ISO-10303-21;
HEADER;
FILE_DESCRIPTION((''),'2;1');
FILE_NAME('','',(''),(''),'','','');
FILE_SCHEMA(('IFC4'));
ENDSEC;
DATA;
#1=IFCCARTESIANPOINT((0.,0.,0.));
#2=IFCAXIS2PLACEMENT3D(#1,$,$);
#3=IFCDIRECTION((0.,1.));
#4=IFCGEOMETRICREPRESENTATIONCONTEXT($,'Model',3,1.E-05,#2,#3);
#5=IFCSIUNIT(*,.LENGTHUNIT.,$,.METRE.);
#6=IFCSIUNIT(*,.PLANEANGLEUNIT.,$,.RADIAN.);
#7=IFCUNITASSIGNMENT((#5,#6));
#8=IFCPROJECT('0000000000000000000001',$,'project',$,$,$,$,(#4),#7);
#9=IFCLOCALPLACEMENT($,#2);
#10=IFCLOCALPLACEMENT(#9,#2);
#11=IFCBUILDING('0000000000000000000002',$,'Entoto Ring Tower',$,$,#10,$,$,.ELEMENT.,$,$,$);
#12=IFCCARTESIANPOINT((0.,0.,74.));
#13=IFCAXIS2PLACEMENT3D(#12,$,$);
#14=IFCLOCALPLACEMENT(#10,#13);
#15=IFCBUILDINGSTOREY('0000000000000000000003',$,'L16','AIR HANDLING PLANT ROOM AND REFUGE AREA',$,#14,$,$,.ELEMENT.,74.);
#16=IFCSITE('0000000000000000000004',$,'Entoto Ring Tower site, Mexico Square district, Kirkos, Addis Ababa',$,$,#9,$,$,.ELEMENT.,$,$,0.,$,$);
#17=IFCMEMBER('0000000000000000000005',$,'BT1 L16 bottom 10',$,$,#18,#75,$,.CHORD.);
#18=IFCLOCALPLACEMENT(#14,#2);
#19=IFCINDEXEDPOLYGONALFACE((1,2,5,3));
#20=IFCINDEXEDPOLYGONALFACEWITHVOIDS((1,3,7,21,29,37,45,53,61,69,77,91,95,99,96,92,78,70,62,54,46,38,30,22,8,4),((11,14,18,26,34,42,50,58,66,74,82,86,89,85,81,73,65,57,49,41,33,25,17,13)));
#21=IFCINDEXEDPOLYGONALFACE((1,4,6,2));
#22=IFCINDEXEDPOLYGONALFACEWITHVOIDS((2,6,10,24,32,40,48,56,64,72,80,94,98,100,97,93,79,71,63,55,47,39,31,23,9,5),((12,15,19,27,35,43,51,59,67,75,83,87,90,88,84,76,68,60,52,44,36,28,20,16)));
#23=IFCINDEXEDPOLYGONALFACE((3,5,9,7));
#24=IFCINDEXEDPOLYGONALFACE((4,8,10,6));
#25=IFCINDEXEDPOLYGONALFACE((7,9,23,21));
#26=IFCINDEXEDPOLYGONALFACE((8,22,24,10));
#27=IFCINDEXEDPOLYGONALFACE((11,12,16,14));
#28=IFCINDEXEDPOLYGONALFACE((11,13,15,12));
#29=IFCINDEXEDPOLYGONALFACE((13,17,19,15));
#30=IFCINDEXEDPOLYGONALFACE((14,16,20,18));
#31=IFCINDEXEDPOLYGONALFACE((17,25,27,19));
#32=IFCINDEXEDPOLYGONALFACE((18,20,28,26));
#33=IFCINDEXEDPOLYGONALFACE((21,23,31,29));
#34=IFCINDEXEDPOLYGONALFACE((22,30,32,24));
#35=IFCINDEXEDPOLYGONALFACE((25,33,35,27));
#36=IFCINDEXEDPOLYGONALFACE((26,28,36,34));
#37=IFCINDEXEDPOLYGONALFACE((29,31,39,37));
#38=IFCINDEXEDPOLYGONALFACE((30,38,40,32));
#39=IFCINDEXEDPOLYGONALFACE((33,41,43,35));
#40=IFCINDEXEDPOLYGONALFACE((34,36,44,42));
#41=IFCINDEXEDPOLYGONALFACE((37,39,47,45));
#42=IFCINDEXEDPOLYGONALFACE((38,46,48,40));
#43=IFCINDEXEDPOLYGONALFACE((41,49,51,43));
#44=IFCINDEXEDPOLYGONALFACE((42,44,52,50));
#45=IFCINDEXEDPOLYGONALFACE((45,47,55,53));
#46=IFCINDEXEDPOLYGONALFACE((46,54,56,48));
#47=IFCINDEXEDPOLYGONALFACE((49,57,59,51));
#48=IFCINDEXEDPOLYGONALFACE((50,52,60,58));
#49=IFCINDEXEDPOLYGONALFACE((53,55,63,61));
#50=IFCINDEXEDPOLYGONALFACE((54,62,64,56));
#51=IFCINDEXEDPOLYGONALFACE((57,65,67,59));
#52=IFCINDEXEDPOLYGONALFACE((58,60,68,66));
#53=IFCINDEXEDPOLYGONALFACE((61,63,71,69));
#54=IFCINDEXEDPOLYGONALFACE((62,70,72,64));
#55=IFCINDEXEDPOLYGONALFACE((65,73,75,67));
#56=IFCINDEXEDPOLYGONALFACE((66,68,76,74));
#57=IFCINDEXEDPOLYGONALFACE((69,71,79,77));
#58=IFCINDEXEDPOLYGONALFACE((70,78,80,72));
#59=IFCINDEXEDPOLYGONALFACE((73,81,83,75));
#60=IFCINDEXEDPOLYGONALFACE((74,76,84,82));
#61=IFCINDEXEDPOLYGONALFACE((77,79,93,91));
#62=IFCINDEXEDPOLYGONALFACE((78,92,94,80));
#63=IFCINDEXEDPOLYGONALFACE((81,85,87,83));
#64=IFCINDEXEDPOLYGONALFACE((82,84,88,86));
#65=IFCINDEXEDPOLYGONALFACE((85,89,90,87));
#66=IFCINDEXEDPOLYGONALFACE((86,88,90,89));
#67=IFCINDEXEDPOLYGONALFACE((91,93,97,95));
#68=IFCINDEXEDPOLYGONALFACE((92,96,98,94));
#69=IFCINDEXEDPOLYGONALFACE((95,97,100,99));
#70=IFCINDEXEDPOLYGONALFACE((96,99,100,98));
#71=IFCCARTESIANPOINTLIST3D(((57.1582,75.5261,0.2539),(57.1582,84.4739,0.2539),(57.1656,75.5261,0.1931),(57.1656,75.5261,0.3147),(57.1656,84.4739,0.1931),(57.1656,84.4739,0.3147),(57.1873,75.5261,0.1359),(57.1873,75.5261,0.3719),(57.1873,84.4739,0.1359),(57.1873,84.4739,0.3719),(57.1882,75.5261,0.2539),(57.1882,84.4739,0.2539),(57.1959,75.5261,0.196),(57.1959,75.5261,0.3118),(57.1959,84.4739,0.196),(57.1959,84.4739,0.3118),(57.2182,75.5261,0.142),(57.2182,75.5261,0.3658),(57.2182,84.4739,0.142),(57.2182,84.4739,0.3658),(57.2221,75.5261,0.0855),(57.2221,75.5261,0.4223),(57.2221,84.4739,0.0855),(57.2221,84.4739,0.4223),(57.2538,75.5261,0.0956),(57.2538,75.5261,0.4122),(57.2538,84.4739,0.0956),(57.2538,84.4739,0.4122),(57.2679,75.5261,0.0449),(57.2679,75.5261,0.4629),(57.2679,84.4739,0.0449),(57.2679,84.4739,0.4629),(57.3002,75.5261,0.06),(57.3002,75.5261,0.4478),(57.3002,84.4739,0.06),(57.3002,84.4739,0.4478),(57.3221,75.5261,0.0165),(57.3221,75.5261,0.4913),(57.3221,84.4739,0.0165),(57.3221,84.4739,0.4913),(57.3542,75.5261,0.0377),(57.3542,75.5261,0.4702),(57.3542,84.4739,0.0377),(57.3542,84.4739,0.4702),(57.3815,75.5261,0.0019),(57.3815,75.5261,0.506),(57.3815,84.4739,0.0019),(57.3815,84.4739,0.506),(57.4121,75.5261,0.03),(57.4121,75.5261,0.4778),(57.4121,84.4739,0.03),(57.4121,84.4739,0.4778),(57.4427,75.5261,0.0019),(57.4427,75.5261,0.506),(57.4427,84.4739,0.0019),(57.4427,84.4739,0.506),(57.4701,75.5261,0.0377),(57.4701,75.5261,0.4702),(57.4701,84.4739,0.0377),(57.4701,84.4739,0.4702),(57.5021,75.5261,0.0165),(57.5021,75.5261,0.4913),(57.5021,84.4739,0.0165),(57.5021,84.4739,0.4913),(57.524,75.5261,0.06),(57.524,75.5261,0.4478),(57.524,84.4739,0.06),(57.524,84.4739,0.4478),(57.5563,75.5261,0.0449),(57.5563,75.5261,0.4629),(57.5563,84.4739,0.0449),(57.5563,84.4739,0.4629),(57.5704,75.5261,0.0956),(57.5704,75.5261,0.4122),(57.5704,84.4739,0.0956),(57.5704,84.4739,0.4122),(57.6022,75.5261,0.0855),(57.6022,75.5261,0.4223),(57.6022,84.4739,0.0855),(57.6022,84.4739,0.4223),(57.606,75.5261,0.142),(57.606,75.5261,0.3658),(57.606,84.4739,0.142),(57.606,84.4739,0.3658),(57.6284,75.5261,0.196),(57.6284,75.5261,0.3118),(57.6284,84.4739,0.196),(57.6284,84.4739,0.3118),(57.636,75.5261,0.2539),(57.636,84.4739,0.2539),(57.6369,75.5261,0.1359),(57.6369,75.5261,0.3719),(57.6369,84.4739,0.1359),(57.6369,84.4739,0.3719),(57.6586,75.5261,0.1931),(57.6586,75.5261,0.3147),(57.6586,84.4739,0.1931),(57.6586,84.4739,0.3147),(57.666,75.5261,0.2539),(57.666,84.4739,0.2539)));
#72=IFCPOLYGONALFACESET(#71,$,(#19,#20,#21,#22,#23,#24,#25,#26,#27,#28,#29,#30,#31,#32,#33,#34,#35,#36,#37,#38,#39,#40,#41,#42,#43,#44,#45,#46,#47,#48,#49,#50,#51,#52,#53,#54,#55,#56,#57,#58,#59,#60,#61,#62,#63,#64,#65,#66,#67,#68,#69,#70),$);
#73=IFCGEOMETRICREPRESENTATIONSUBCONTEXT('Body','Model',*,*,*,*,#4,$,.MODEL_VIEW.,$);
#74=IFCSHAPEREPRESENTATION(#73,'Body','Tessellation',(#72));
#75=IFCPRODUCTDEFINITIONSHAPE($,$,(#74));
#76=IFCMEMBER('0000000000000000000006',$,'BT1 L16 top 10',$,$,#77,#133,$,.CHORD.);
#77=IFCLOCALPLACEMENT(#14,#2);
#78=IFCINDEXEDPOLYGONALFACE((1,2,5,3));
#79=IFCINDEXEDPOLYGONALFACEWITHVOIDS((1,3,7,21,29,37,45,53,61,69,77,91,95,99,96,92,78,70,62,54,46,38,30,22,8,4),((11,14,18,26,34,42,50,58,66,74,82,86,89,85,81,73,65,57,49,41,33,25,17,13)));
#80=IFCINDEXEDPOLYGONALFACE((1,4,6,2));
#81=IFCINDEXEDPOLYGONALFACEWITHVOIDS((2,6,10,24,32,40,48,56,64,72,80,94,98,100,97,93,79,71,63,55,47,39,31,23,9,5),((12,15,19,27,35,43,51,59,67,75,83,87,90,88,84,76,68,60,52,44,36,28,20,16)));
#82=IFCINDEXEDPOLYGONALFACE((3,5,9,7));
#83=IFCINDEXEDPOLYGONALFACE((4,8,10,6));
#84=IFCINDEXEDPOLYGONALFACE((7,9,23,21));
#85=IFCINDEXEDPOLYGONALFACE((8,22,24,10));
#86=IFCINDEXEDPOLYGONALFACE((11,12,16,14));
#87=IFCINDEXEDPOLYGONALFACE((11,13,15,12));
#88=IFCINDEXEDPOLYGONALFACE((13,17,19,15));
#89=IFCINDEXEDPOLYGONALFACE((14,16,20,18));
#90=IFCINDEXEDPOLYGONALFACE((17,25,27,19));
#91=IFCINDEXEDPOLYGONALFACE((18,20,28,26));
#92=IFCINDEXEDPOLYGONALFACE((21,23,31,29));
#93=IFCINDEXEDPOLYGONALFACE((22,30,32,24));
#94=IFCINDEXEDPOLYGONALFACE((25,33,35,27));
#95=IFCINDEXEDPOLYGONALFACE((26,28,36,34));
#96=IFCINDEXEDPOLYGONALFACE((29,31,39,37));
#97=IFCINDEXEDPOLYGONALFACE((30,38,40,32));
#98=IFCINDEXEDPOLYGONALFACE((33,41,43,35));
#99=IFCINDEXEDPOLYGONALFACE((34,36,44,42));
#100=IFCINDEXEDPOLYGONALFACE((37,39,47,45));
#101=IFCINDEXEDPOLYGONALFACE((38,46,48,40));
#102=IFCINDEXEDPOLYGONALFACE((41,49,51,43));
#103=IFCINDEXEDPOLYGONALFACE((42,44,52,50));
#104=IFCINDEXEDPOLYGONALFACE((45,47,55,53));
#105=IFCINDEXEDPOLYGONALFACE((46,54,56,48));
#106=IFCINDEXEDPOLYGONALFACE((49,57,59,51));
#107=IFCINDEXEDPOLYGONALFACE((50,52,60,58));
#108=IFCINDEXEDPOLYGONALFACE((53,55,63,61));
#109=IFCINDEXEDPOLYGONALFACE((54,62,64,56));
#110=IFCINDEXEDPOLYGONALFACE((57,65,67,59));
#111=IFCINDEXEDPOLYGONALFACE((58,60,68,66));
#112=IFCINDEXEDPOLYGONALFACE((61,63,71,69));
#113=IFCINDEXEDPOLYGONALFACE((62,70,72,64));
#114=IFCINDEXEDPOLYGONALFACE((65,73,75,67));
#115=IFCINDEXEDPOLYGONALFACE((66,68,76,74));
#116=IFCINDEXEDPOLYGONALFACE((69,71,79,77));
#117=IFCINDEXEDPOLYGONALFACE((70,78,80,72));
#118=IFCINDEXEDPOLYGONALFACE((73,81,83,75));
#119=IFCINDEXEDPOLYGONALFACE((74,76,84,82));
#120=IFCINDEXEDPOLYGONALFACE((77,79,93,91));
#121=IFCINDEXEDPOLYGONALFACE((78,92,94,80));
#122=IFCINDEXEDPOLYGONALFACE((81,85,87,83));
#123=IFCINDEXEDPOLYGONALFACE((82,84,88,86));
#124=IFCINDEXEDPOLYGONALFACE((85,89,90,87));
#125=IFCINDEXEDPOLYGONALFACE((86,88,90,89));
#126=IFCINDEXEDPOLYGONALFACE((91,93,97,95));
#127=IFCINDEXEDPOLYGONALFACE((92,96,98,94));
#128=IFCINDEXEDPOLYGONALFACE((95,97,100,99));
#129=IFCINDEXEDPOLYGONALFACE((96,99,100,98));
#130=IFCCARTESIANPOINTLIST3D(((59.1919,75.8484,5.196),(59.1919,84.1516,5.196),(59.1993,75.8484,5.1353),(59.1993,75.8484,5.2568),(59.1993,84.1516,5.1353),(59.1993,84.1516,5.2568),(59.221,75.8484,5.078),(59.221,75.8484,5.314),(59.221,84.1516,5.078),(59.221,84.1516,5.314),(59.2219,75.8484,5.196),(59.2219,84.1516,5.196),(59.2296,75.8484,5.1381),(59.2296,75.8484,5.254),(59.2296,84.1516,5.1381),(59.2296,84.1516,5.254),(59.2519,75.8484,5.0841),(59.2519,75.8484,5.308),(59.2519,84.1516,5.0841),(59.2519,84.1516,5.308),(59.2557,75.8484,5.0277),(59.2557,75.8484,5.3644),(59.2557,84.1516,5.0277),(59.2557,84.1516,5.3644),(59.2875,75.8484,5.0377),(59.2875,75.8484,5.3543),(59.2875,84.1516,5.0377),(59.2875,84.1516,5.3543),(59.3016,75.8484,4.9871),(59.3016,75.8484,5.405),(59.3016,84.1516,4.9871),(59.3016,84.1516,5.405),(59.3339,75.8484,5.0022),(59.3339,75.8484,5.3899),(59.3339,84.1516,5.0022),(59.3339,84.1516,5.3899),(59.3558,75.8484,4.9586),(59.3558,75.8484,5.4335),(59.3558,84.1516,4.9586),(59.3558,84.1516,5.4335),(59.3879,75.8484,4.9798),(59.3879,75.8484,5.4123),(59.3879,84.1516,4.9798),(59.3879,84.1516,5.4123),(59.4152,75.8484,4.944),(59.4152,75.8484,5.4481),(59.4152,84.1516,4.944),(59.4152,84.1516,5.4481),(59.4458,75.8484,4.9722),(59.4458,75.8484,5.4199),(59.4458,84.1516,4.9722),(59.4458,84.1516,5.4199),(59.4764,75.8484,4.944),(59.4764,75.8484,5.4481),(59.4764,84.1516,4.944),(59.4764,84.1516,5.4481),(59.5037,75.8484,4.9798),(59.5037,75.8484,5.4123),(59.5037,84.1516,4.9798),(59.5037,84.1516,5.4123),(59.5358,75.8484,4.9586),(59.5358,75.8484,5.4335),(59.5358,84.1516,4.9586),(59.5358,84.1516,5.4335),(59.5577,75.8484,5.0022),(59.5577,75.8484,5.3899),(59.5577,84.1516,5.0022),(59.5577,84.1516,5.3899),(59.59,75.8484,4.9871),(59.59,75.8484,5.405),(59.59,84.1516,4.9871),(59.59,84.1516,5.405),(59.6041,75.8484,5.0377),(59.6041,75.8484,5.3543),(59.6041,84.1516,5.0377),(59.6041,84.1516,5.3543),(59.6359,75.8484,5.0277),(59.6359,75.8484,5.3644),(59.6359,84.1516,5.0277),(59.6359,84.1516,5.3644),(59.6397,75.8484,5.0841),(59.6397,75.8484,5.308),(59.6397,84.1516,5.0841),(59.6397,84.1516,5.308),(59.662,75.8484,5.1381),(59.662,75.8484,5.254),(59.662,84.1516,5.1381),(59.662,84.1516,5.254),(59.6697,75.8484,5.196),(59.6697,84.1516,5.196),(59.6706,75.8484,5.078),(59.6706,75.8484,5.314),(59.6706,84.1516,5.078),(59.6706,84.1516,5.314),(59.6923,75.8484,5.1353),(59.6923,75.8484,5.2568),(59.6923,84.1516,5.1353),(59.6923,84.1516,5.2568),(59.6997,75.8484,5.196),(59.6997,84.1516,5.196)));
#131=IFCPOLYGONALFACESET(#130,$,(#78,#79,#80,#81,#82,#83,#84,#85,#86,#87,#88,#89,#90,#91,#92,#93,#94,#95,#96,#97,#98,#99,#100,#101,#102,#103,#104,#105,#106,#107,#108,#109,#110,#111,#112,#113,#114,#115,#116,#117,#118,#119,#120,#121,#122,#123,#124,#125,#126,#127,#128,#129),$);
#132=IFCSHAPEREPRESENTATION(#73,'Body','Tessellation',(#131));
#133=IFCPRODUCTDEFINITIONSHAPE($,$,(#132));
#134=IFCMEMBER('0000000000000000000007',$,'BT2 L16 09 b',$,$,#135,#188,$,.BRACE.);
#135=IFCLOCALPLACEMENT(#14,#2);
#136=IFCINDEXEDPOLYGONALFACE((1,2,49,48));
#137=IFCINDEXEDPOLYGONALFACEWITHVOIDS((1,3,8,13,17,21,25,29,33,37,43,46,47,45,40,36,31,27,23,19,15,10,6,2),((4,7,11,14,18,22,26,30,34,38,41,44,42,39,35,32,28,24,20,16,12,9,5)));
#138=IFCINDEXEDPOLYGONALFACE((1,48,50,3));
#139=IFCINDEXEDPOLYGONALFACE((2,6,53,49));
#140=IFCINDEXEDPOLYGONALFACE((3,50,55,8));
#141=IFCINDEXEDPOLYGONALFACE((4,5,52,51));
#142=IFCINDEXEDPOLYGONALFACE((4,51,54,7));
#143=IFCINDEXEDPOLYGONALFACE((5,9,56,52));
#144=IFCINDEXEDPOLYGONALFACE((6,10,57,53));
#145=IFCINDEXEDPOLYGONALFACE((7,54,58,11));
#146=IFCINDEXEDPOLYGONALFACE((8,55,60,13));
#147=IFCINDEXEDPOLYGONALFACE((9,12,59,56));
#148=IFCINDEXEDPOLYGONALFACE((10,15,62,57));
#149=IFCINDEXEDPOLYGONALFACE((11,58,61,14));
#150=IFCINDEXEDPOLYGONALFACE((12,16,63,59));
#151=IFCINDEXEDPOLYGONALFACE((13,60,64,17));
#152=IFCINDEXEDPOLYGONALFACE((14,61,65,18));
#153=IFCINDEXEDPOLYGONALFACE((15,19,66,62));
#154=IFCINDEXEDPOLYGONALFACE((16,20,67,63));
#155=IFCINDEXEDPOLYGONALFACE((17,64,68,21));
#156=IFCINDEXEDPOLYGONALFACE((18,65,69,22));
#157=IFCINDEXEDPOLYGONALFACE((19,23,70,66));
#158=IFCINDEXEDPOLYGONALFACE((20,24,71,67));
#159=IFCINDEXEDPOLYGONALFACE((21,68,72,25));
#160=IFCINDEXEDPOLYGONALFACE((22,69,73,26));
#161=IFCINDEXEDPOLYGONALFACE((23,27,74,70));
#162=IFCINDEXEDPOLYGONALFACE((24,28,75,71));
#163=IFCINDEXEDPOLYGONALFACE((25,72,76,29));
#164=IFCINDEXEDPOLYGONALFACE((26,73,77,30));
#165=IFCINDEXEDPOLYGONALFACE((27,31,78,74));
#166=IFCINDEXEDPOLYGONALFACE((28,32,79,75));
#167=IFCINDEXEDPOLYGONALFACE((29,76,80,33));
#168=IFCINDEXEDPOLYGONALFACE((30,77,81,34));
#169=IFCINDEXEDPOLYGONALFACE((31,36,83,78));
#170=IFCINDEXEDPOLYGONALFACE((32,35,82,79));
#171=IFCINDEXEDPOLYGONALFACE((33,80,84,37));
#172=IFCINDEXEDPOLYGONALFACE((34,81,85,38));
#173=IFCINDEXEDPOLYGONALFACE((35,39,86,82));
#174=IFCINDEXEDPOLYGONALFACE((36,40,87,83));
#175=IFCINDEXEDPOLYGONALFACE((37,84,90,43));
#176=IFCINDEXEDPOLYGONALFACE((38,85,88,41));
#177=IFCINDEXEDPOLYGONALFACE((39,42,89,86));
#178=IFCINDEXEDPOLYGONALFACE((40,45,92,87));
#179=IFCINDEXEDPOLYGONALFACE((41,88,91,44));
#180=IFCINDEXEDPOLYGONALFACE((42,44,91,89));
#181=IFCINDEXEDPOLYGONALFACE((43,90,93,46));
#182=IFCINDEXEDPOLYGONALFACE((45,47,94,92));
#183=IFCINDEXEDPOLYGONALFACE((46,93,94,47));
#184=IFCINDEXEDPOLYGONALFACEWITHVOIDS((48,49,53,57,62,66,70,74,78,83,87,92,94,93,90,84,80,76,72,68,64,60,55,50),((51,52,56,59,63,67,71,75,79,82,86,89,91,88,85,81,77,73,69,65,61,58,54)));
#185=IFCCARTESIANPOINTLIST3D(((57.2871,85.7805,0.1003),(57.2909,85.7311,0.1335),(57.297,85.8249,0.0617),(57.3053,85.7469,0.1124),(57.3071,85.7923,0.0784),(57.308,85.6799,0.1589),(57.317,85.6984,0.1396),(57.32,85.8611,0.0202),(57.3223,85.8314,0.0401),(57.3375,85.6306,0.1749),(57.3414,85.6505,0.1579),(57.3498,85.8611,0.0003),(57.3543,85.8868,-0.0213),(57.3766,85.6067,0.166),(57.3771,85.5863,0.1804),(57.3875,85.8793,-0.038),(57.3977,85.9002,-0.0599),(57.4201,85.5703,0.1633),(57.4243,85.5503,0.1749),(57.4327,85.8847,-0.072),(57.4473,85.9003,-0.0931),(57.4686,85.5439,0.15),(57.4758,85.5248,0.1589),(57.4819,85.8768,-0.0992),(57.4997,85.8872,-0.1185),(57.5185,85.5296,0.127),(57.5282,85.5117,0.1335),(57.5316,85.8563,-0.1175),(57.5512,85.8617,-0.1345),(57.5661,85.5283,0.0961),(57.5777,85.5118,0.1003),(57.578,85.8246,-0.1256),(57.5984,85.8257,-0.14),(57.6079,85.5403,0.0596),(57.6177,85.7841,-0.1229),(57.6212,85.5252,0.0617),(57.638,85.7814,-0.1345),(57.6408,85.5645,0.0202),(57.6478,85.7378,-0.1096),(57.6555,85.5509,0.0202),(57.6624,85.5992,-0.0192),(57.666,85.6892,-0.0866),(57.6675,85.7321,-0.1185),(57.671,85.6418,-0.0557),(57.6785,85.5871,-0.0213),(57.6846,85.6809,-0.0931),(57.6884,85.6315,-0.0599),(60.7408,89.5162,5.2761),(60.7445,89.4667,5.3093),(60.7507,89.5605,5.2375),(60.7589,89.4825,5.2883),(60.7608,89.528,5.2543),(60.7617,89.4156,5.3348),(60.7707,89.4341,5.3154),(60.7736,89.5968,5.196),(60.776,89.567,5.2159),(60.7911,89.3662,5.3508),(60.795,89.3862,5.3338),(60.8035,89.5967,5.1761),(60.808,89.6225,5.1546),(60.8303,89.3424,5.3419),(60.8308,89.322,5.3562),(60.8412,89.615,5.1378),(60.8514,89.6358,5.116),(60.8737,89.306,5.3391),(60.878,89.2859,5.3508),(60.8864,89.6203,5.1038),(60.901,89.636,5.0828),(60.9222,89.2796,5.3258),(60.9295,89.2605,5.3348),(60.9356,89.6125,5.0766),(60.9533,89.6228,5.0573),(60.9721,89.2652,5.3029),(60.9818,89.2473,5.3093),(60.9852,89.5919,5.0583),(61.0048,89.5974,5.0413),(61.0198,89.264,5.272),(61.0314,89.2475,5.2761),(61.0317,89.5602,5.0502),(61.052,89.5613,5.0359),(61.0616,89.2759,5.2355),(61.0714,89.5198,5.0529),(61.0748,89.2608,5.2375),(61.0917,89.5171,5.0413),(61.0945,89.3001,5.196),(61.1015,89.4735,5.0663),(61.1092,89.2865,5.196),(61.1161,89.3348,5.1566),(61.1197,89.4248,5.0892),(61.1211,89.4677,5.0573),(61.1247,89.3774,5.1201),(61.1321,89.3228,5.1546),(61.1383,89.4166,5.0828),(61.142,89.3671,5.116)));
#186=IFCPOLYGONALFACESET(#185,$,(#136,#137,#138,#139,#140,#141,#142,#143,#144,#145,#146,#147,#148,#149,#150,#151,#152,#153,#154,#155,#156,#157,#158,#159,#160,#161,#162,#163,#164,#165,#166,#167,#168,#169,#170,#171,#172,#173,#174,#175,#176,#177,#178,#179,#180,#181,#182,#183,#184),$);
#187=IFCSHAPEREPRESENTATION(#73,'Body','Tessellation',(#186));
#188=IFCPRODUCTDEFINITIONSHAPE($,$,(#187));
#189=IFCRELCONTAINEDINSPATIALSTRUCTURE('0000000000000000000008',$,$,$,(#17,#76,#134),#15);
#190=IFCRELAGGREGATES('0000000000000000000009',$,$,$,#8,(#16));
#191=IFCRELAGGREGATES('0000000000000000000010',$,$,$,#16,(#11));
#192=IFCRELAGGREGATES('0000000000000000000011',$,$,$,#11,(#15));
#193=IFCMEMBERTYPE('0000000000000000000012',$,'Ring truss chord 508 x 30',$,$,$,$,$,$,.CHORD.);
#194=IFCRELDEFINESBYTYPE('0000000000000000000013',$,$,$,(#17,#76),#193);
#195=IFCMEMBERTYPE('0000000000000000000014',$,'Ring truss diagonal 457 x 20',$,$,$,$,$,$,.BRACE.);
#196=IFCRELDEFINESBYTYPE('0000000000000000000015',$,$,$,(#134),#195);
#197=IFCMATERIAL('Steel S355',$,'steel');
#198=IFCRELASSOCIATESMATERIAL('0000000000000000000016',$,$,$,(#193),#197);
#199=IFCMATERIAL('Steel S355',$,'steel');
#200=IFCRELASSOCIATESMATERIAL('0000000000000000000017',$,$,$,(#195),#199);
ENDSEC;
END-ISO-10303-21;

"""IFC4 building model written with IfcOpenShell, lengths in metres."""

from ifc_helpers import new_model, si_unit, direction, frame, origin, origin_2d, place, context, subcontext, project, spatial, circle, hollow_circle, extrude, material, material_profile, profile_set, type_object, element, save


model = new_model("IFC4")

# Units and contexts
model_context = context("Model", 3, precision=1e-05, world=origin(), true_north=direction((0.0, 1.0)))
body_context = subcontext(model_context, "Body", "Model", "MODEL_VIEW")
ifc_project = project(units=[si_unit("LENGTHUNIT", "METRE"), si_unit("PLANEANGLEUNIT", "RADIAN")], contexts=[model_context])

# Site, building, storey
site_placement = place(None, origin())
site = spatial("IfcSite", under=ifc_project, at=site_placement, Name="Entoto Ring Tower site, Mexico Square district, Kirkos, Addis Ababa", CompositionType="ELEMENT", RefElevation=0.0)
building_placement = place(site_placement, origin())
building = spatial("IfcBuilding", under=site, at=building_placement, Name="Entoto Ring Tower", CompositionType="ELEMENT")
storey_placement = place(building_placement, frame((0.0, 0.0, 74.0)))
storey = spatial("IfcBuildingStorey", under=building, at=storey_placement, Name="L16", Description="AIR HANDLING PLANT ROOM AND REFUGE AREA", CompositionType="ELEMENT", Elevation=74.0)

# Members
ifc_material_1 = material(Name="Steel S355", Category="steel")
ifc_material_profile_1 = material_profile(ifc_material_1, hollow_circle(Radius=0.2539, WallThickness=0.03, at=origin_2d()), Name="CHS 508 x 30")
ifc_material_2 = material(Name="Concrete C60/75", Category="concrete")
ifc_material_profile_2 = material_profile(ifc_material_2, circle(Radius=0.2241, at=origin_2d()), Name="Concrete C60/75 infill")
ifc_profile_set_1 = profile_set([ifc_material_profile_1, ifc_material_profile_2], Name="Steel S355")
member_type_1 = type_object("IfcMemberType", Name="Ring truss chord 508 x 30", PredefinedType="CHORD", material=ifc_profile_set_1)
member_1_placement = place(storey_placement, frame((57.4121, 84.4739, 0.2539), z_axis=(0.0, -1.0, 0.0), x_axis=(1.0, 0.0, 0.0)))
element("IfcMember", 1, at=member_1_placement, inside=storey, type_object=member_type_1, Name="BT1 L16 bottom 10", PredefinedType="CHORD", context=body_context, shape_type="SweptSolid", body=[
    extrude(hollow_circle(Radius=0.2539, WallThickness=0.03, at=origin_2d()), origin(), (0.0, 0.0, 1.0), 8.9478),
])
member_2_placement = place(storey_placement, frame((59.4458, 84.1516, 5.196), z_axis=(0.0, -1.0, 0.0), x_axis=(1.0, 0.0, 0.0)))
element("IfcMember", 2, at=member_2_placement, inside=storey, type_object=member_type_1, Name="BT1 L16 top 10", PredefinedType="CHORD", context=body_context, shape_type="SweptSolid", body=[
    extrude(hollow_circle(Radius=0.2539, WallThickness=0.03, at=origin_2d()), origin(), (0.0, 0.0, 1.0), 8.3032),
])
ifc_material_3 = material(Name="Steel S355", Category="steel")
ifc_material_profile_3 = material_profile(ifc_material_3, hollow_circle(Radius=0.2285, WallThickness=0.02, at=origin_2d()), Name="CHS 457 x 20")
ifc_material_4 = material(Name="Concrete C60/75", Category="concrete")
ifc_material_profile_4 = material_profile(ifc_material_4, circle(Radius=0.2085, at=origin_2d()), Name="Concrete C60/75 infill")
ifc_profile_set_2 = profile_set([ifc_material_profile_3, ifc_material_profile_4], Name="Steel S355")
member_type_2 = type_object("IfcMemberType", Name="Ring truss diagonal 457 x 20", PredefinedType="BRACE", material=ifc_profile_set_2)
for number, where, z_axis, x_axis, name in (
    (3, (60.9414, 89.4417, 5.196), (-0.47587, -0.514724, -0.713166), (0.734277, -0.67885, 0.0), "BT2 L16 09 b"),
):
    element("IfcMember", number, at=place(storey_placement, frame(where, z_axis=z_axis, x_axis=x_axis)), inside=storey, type_object=member_type_2, Name=name, PredefinedType="BRACE", context=body_context, shape_type="SweptSolid", body=[
        extrude(hollow_circle(Radius=0.2285, WallThickness=0.02, at=origin_2d()), origin(), (0.0, 0.0, 1.0), 7.2576),
    ])

save(model, "model.ifc")
